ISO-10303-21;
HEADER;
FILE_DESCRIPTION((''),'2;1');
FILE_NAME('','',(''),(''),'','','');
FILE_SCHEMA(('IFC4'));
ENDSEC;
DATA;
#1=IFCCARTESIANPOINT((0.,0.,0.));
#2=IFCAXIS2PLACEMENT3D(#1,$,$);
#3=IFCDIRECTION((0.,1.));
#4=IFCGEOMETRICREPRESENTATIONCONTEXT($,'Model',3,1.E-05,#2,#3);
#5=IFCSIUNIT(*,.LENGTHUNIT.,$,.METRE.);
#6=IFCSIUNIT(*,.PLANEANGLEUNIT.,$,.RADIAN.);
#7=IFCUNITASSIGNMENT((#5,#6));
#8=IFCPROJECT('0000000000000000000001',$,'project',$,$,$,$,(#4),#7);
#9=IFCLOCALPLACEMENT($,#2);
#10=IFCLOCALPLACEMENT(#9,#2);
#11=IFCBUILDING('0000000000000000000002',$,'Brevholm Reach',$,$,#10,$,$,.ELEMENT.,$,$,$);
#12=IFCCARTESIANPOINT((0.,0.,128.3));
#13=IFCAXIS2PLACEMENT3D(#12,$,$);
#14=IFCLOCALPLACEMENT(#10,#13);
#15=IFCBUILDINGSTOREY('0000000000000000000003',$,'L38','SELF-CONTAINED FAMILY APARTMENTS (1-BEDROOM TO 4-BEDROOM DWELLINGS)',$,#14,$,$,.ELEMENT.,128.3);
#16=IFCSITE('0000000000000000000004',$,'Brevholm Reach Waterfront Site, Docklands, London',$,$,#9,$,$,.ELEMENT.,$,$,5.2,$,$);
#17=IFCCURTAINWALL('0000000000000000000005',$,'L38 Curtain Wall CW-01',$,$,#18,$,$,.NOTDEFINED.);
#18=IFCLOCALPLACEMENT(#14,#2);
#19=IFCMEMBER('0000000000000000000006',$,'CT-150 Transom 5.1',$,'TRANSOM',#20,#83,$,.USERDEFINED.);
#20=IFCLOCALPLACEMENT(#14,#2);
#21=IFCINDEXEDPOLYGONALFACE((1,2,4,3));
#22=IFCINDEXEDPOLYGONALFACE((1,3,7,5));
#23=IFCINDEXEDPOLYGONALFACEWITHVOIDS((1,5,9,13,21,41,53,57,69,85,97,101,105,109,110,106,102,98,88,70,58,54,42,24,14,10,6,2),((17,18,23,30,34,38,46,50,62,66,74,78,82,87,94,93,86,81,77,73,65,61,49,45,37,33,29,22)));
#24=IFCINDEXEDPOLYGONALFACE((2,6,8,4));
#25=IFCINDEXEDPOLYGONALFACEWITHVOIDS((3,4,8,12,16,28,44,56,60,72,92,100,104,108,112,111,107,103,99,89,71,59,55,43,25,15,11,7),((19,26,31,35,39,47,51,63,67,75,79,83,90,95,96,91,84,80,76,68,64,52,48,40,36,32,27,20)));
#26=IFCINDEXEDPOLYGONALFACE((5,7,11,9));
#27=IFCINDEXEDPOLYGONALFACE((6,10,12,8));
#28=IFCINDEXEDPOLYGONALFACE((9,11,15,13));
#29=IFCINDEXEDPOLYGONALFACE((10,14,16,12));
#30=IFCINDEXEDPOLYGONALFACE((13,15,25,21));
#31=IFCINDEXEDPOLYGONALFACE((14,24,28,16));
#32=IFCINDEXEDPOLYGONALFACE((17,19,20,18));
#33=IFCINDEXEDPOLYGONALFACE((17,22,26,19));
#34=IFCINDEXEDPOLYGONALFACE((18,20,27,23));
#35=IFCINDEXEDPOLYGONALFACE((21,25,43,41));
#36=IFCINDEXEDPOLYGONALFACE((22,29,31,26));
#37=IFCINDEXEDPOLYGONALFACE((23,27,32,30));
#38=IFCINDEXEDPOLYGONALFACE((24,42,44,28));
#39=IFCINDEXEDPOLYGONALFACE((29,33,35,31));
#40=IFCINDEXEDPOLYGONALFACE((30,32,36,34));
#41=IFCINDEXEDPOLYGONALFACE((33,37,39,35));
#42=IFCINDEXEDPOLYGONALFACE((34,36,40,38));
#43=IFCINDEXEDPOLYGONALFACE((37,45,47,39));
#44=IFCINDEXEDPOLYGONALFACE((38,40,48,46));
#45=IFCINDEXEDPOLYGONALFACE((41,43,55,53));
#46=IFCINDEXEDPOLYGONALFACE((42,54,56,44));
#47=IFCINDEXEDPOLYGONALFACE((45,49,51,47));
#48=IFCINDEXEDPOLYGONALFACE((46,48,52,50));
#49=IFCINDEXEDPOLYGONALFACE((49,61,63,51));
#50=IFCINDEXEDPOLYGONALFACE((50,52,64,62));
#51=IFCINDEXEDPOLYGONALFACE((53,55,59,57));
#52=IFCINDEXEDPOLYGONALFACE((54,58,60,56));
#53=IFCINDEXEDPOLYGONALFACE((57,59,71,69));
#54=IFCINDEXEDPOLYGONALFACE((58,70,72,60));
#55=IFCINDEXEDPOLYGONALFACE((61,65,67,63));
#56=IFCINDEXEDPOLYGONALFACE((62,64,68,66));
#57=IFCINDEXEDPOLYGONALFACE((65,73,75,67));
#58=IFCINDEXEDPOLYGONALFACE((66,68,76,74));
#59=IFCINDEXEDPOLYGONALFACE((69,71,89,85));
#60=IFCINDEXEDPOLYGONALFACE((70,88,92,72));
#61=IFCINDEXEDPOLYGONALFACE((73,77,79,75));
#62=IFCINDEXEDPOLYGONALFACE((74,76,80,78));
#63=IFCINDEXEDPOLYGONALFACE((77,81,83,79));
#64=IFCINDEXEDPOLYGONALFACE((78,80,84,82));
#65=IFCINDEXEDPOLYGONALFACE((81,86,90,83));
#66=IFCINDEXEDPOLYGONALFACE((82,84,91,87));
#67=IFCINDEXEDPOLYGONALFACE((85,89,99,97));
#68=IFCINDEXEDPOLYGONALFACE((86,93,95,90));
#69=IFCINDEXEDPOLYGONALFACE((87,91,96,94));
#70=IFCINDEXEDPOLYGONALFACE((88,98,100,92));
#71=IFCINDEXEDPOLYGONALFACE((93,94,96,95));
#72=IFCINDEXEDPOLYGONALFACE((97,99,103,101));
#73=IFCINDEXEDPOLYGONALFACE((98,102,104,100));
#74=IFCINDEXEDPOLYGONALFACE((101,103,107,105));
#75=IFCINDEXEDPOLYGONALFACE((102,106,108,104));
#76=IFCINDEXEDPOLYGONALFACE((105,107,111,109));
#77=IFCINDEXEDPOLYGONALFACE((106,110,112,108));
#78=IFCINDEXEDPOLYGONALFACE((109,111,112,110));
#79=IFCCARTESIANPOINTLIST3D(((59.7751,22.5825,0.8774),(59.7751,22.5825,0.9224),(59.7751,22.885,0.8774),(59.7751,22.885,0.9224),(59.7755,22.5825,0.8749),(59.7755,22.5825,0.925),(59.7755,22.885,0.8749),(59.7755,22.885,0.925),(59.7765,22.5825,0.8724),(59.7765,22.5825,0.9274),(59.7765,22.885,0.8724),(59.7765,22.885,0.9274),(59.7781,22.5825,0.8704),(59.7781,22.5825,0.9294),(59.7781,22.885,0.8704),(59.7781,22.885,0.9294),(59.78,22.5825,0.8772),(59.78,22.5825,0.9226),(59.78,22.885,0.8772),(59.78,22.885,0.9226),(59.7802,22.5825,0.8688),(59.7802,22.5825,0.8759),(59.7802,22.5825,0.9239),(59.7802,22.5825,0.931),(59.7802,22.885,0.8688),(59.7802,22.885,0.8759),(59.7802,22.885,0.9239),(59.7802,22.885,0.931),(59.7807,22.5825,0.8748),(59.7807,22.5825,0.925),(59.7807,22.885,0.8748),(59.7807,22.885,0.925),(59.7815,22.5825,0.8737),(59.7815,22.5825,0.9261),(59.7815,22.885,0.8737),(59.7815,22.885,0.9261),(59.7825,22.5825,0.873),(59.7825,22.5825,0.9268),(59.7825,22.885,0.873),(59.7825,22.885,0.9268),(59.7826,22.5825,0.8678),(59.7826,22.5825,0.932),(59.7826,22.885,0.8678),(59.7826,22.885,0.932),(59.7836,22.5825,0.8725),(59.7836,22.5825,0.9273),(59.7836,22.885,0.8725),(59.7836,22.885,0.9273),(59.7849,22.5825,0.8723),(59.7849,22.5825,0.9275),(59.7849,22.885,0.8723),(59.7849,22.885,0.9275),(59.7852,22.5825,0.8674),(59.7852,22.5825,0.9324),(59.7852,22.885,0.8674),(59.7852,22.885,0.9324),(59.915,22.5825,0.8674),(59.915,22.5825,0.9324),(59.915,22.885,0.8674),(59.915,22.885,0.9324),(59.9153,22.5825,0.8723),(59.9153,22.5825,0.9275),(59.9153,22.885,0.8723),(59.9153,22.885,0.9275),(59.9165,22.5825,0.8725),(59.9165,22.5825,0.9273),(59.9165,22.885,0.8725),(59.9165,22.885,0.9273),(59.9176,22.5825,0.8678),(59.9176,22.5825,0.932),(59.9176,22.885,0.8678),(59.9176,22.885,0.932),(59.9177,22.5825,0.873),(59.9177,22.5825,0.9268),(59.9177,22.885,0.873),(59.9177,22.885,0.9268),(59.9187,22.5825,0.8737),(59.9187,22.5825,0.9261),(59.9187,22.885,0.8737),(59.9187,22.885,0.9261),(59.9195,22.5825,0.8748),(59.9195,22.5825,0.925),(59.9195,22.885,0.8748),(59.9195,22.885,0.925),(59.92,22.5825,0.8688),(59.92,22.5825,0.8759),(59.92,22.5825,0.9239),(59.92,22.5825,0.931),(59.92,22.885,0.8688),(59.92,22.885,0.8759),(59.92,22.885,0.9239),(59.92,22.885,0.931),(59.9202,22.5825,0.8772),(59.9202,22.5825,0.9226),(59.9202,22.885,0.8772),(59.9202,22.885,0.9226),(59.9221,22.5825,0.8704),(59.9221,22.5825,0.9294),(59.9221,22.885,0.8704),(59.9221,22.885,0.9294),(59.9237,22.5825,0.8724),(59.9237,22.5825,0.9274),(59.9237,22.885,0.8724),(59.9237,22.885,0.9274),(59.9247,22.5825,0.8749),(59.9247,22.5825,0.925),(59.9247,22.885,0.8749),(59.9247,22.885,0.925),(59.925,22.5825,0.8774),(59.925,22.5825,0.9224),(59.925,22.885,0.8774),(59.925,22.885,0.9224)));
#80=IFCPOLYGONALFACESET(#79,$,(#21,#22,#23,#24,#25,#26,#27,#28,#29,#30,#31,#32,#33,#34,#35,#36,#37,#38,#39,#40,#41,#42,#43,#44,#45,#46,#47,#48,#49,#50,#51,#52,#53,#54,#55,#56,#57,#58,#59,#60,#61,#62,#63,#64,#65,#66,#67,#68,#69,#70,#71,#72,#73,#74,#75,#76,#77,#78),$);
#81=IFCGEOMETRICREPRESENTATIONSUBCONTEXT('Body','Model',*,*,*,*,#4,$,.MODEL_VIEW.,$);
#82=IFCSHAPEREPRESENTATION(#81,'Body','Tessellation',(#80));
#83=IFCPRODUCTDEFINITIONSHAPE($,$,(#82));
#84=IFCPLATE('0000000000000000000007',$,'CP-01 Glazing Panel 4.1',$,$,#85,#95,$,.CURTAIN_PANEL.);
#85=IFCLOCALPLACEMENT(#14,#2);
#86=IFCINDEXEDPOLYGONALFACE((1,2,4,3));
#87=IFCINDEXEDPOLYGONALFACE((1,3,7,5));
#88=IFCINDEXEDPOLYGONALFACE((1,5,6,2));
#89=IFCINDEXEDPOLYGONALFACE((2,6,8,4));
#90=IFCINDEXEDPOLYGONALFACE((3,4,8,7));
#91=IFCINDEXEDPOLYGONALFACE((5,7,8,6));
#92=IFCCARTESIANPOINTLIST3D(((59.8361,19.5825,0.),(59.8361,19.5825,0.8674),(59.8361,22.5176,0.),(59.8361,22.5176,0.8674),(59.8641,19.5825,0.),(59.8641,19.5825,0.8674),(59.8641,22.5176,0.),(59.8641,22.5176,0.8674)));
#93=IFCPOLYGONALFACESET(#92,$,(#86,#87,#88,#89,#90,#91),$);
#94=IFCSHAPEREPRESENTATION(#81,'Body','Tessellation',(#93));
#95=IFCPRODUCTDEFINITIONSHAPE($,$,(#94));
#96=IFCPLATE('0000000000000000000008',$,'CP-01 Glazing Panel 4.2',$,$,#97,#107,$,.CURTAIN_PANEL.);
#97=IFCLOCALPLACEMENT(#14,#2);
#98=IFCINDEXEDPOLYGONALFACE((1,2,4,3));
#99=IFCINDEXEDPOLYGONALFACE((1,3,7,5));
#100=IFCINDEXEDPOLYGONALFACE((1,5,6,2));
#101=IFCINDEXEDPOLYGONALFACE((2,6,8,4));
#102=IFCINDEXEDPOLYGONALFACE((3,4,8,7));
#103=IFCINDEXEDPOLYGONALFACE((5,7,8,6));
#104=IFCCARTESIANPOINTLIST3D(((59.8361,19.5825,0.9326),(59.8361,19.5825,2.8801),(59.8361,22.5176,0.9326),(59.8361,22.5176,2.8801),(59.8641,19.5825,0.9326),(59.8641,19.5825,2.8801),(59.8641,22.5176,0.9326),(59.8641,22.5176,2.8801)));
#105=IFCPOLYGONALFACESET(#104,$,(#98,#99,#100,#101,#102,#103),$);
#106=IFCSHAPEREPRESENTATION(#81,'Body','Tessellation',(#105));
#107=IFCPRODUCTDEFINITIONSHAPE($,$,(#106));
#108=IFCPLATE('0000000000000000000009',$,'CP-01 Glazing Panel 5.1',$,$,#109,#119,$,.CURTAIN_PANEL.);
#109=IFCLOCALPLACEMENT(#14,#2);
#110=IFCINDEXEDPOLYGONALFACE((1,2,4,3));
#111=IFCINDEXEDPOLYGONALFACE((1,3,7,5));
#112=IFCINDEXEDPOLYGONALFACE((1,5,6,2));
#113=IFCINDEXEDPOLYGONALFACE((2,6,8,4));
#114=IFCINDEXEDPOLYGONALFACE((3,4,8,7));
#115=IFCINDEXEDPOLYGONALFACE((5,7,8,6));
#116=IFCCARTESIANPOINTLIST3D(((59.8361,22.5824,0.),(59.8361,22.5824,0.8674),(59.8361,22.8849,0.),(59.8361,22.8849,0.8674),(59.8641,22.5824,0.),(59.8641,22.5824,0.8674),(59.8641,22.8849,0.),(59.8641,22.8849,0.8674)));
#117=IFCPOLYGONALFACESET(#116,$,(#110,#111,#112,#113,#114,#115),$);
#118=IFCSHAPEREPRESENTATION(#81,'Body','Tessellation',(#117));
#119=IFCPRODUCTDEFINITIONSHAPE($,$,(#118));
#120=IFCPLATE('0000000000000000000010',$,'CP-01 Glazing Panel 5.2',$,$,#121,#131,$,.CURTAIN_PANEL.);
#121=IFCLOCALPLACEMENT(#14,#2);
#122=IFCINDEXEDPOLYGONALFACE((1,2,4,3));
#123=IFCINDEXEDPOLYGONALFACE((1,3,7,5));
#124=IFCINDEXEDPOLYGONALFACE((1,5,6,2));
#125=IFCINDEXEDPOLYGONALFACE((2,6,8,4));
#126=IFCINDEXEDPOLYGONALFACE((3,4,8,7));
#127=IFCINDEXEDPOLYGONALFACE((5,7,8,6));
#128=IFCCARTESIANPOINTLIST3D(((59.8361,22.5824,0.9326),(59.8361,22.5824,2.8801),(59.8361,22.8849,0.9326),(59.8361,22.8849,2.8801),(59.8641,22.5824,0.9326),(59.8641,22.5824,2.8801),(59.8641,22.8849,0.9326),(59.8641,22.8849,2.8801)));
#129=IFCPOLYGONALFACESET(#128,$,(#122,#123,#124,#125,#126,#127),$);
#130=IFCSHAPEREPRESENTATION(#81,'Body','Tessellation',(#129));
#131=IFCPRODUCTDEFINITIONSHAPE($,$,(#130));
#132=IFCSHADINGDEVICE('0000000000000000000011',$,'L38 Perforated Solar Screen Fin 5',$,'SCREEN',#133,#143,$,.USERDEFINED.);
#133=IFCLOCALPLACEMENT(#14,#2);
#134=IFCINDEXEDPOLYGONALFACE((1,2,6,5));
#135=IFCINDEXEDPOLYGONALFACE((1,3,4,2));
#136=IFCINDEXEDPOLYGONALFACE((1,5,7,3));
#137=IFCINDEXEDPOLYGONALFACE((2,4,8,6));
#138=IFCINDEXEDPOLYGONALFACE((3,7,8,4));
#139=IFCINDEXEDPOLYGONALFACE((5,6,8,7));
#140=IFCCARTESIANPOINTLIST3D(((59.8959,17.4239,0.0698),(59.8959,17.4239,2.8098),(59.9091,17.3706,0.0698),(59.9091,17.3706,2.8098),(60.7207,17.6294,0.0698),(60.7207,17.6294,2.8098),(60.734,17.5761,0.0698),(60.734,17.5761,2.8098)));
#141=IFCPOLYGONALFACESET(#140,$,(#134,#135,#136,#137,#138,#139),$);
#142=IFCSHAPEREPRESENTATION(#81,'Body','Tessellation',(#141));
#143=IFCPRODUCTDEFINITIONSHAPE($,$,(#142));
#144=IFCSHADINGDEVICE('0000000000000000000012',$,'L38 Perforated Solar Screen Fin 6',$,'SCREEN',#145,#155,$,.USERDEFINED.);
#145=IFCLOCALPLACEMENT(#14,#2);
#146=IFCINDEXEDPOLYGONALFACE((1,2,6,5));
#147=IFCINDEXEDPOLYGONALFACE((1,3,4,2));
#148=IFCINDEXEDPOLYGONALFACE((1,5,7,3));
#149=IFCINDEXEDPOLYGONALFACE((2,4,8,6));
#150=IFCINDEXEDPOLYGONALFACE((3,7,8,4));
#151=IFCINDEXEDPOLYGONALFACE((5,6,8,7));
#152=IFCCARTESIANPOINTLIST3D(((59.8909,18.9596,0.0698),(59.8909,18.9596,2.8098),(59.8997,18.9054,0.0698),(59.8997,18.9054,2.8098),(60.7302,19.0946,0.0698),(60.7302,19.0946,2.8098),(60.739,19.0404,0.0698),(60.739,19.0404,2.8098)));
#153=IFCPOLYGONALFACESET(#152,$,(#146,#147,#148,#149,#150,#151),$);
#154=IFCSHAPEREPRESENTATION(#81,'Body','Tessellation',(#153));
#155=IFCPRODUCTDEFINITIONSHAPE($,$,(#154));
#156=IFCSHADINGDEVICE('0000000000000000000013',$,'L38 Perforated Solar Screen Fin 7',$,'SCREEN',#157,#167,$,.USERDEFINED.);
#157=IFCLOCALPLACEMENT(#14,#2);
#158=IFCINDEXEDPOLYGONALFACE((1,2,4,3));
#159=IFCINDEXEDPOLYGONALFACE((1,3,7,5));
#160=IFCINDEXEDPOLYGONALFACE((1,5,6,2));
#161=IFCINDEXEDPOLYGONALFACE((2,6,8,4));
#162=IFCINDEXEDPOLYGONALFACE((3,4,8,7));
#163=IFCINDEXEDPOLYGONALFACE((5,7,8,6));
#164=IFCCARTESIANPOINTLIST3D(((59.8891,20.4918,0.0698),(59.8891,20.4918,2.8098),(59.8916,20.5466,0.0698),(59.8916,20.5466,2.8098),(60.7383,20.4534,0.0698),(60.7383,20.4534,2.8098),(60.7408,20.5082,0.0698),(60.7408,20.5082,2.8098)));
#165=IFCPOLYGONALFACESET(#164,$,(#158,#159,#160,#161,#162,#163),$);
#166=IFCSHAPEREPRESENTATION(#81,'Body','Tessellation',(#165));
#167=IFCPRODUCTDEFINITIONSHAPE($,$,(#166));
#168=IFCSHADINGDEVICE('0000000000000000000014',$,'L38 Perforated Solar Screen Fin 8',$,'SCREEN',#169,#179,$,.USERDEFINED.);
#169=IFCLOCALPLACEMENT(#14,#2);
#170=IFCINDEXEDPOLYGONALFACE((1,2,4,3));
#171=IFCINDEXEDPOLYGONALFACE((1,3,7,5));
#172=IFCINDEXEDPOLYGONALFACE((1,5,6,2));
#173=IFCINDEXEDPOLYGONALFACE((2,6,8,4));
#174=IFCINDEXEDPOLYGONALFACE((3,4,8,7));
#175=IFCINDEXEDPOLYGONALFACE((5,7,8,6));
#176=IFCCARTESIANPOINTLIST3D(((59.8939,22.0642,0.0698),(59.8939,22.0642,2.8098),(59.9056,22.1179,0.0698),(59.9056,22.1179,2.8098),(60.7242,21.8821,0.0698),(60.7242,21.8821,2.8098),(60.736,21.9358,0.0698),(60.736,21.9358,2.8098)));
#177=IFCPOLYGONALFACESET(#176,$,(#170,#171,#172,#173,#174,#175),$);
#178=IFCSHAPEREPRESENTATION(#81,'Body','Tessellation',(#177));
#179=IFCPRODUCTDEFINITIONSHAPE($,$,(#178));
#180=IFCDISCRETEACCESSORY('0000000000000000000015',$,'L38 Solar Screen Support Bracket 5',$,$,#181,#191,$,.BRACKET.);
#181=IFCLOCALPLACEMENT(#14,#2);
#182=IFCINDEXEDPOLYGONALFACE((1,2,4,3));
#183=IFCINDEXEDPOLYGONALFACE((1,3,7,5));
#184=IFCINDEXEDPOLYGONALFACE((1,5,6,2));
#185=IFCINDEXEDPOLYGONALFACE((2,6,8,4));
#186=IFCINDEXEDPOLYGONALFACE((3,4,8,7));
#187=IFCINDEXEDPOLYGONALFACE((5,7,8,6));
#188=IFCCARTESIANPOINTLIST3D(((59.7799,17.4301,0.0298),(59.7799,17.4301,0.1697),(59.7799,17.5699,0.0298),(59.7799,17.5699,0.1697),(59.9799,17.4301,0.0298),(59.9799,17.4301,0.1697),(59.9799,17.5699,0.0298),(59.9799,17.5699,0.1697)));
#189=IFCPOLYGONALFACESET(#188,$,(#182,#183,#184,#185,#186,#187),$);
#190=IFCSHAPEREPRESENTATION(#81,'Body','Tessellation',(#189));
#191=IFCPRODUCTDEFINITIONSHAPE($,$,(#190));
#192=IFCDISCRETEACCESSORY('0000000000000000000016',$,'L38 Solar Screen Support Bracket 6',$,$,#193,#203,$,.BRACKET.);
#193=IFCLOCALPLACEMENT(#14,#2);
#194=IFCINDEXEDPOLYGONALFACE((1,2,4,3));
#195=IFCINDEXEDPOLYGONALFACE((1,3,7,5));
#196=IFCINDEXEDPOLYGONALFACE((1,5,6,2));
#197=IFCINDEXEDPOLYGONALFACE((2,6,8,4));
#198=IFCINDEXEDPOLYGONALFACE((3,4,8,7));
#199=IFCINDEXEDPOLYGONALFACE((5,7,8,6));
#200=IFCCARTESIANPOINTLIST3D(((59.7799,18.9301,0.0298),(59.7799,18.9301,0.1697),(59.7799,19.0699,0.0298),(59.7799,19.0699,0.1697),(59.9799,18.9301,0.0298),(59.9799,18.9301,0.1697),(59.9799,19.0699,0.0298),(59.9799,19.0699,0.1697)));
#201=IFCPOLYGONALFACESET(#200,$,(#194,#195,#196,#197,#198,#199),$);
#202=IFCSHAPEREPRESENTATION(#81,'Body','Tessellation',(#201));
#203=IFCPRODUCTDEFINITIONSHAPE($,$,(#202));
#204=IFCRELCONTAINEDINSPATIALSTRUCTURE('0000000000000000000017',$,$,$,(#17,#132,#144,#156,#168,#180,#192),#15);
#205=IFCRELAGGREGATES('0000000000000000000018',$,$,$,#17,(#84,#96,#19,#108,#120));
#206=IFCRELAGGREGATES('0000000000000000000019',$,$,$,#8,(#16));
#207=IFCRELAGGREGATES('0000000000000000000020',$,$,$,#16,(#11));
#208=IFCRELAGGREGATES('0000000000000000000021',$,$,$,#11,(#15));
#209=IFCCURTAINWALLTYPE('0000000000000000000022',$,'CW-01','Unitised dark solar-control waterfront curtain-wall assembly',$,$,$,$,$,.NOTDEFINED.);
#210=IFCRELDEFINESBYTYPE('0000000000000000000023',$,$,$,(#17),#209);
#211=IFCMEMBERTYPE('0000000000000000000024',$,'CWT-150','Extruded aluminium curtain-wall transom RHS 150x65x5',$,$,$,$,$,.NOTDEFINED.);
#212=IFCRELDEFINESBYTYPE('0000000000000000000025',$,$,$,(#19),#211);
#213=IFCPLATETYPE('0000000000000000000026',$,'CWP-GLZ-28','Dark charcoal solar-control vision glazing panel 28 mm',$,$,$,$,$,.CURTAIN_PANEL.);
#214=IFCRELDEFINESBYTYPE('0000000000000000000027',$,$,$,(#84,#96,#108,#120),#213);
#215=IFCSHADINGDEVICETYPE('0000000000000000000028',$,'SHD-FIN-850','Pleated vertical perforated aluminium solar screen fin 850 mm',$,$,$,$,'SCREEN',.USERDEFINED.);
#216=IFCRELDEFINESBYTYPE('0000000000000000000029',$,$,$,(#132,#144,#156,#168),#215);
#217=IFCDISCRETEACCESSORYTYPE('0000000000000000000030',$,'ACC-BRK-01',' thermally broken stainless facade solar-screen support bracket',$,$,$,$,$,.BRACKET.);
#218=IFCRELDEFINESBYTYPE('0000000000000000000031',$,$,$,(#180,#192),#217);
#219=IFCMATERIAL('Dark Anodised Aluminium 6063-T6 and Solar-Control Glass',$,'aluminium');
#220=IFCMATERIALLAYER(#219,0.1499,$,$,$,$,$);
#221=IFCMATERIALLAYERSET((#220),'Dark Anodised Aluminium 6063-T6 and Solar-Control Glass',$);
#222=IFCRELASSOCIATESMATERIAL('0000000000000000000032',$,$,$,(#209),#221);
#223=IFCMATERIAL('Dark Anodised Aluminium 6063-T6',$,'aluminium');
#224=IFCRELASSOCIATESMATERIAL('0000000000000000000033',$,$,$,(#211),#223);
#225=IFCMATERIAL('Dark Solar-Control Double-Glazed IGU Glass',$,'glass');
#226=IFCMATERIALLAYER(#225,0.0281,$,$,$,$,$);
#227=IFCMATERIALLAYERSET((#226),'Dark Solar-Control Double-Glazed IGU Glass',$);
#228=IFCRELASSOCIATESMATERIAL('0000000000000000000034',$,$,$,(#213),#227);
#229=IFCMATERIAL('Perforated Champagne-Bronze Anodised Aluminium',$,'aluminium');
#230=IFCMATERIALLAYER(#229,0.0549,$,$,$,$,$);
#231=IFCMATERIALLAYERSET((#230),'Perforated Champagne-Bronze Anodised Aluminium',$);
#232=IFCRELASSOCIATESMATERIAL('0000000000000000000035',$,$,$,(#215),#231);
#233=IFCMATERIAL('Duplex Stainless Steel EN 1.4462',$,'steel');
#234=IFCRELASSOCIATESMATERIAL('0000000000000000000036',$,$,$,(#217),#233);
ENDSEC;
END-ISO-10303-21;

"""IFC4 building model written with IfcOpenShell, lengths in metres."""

from ifc_helpers import new_model, si_unit, direction, frame, origin, origin_2d, place, context, subcontext, project, spatial, rectangle, hollow_rectangle, extrude, material, layer, layer_set, material_profile, profile_set, type_object, element, aggregate, save


model = new_model("IFC4")

# Units and contexts
model_context = context("Model", 3, precision=1e-05, world=origin(), true_north=direction((0.0, 1.0)))
body_context = subcontext(model_context, "Body", "Model", "MODEL_VIEW")
ifc_project = project(units=[si_unit("LENGTHUNIT", "METRE"), si_unit("PLANEANGLEUNIT", "RADIAN")], contexts=[model_context])

# Site, building, storey
site_placement = place(None, origin())
site = spatial("IfcSite", under=ifc_project, at=site_placement, Name="Brevholm Reach Waterfront Site, Docklands, London", CompositionType="ELEMENT", RefElevation=5.2)
building_placement = place(site_placement, origin())
building = spatial("IfcBuilding", under=site, at=building_placement, Name="Brevholm Reach", CompositionType="ELEMENT")
storey_placement = place(building_placement, frame((0.0, 0.0, 128.3)))
storey = spatial("IfcBuildingStorey", under=building, at=storey_placement, Name="L38", Description="SELF-CONTAINED FAMILY APARTMENTS (1-BEDROOM TO 4-BEDROOM DWELLINGS)", CompositionType="ELEMENT", Elevation=128.3)

# Curtain wall, member, plates
ifc_material_1 = material(Name="Dark Anodised Aluminium 6063-T6 and Solar-Control Glass", Category="aluminium")
ifc_layer_1 = layer(ifc_material_1, 0.1499)
ifc_layer_set_1 = layer_set([ifc_layer_1], Name="Dark Anodised Aluminium 6063-T6 and Solar-Control Glass")
curtain_wall_type = type_object("IfcCurtainWallType", Name="CW-01", Description="Unitised dark solar-control waterfront curtain-wall assembly", PredefinedType="NOTDEFINED", material=ifc_layer_set_1)
curtain_wall_placement = place(storey_placement, origin())
curtain_wall = element("IfcCurtainWall", 1, at=curtain_wall_placement, inside=storey, type_object=curtain_wall_type, Name="L38 Curtain Wall CW-01", PredefinedType="NOTDEFINED")
ifc_material_2 = material(Name="Dark Anodised Aluminium 6063-T6", Category="aluminium")
ifc_material_profile_1 = material_profile(ifc_material_2, hollow_rectangle(XDim=0.0649, YDim=0.1499, WallThickness=0.0049, InnerFilletRadius=0.0049, OuterFilletRadius=0.01, at=origin_2d()), Name="RHS 150x65x5")
ifc_profile_set_1 = profile_set([ifc_material_profile_1], Name="Dark Anodised Aluminium 6063-T6")
member_type_1 = type_object("IfcMemberType", Name="CWT-150", Description="Extruded aluminium curtain-wall transom RHS 150x65x5", PredefinedType="NOTDEFINED", material=ifc_profile_set_1)
member_1_placement = place(storey_placement, frame((59.8501, 22.5825, 0.8999), z_axis=(0.0, 1.0, 0.0), x_axis=(0.0, 0.0, 1.0)))
member_1 = element("IfcMember", 2, at=member_1_placement, type_object=member_type_1, Name="CT-150 Transom 5.1", ObjectType="TRANSOM", PredefinedType="USERDEFINED", context=body_context, shape_type="SweptSolid", body=[
    extrude(hollow_rectangle(XDim=0.0649, YDim=0.1499, WallThickness=0.0049, InnerFilletRadius=0.0049, OuterFilletRadius=0.01, at=origin_2d()), origin(), (0.0, 0.0, 1.0), 0.3025),
])
ifc_material_3 = material(Name="Dark Solar-Control Double-Glazed IGU Glass", Category="glass")
ifc_layer_2 = layer(ifc_material_3, 0.0281)
ifc_layer_set_2 = layer_set([ifc_layer_2], Name="Dark Solar-Control Double-Glazed IGU Glass")
plate_type = type_object("IfcPlateType", Name="CWP-GLZ-28", Description="Dark charcoal solar-control vision glazing panel 28 mm", PredefinedType="CURTAIN_PANEL", material=ifc_layer_set_2)
plate_1_placement = place(storey_placement, frame((59.8501, 21.05, 0.0), z_axis=(0.0, 0.0, 1.0), x_axis=(0.0, 1.0, 0.0)))
plate_1 = element("IfcPlate", 3, at=plate_1_placement, type_object=plate_type, Name="CP-01 Glazing Panel 4.1", PredefinedType="CURTAIN_PANEL", context=body_context, shape_type="SweptSolid", body=[
    extrude(rectangle(XDim=2.9351, YDim=0.0281, at=origin_2d()), origin(), (0.0, 0.0, 1.0), 0.8674),
])
plate_2_placement = place(storey_placement, frame((59.8501, 21.05, 0.9326), z_axis=(0.0, 0.0, 1.0), x_axis=(0.0, 1.0, 0.0)))
plate_2 = element("IfcPlate", 4, at=plate_2_placement, type_object=plate_type, Name="CP-01 Glazing Panel 4.2", PredefinedType="CURTAIN_PANEL", context=body_context, shape_type="SweptSolid", body=[
    extrude(rectangle(XDim=2.9351, YDim=0.0281, at=origin_2d()), origin(), (0.0, 0.0, 1.0), 1.9475),
])
plate_3_placement = place(storey_placement, frame((59.8501, 22.7336, 0.0), z_axis=(0.0, 0.0, 1.0), x_axis=(0.0, 1.0, 0.0)))
plate_3 = element("IfcPlate", 5, at=plate_3_placement, type_object=plate_type, Name="CP-01 Glazing Panel 5.1", PredefinedType="CURTAIN_PANEL", context=body_context, shape_type="SweptSolid", body=[
    extrude(rectangle(XDim=0.3025, YDim=0.0281, at=origin_2d()), origin(), (0.0, 0.0, 1.0), 0.8674),
])
plate_4_placement = place(storey_placement, frame((59.8501, 22.7336, 0.9326), z_axis=(0.0, 0.0, 1.0), x_axis=(0.0, 1.0, 0.0)))
plate_4 = element("IfcPlate", 6, at=plate_4_placement, type_object=plate_type, Name="CP-01 Glazing Panel 5.2", PredefinedType="CURTAIN_PANEL", context=body_context, shape_type="SweptSolid", body=[
    extrude(rectangle(XDim=0.3025, YDim=0.0281, at=origin_2d()), origin(), (0.0, 0.0, 1.0), 1.9475),
])
aggregate(curtain_wall, [plate_1, plate_2, member_1, plate_3, plate_4])

# Shading devices
ifc_material_4 = material(Name="Perforated Champagne-Bronze Anodised Aluminium", Category="aluminium")
ifc_layer_3 = layer(ifc_material_4, 0.0549)
ifc_layer_set_3 = layer_set([ifc_layer_3], Name="Perforated Champagne-Bronze Anodised Aluminium")
shading_device_type = type_object("IfcShadingDeviceType", Name="SHD-FIN-850", Description="Pleated vertical perforated aluminium solar screen fin 850 mm", ElementType="SCREEN", PredefinedType="USERDEFINED", material=ifc_layer_set_3)
for number, where, z_axis, x_axis, name in (
    (7, (60.3149, 17.5, 0.0698), (0.0, 0.0, 1.0), (0.970338, 0.241753, 0.0), "L38 Perforated Solar Screen Fin 5"),
    (8, (60.3149, 19.0, 0.0698), (0.0, 0.0, 1.0), (0.987298, 0.158882, 0.0), "L38 Perforated Solar Screen Fin 6"),
    (9, (60.3149, 20.5, 0.0698), (0.0, 0.0, 1.0), (0.998979, -0.045171, 0.0), "L38 Perforated Solar Screen Fin 7"),
    (10, (60.3149, 22.0, 0.0698), (0.0, 0.0, 1.0), (0.976781, -0.214241, 0.0), "L38 Perforated Solar Screen Fin 8"),
):
    element("IfcShadingDevice", number, at=place(storey_placement, frame(where, z_axis=z_axis, x_axis=x_axis)), inside=storey, type_object=shading_device_type, Name=name, ObjectType="SCREEN", PredefinedType="USERDEFINED", context=body_context, shape_type="SweptSolid", body=[
        extrude(rectangle(XDim=0.8501, YDim=0.0549, at=origin_2d()), origin(), (0.0, 0.0, 1.0), 2.74),
    ])

# Discrete accessories
ifc_material_5 = material(Name="Duplex Stainless Steel EN 1.4462", Category="steel")
discrete_accessory_type = type_object("IfcDiscreteAccessoryType", Name="ACC-BRK-01", Description=" thermally broken stainless facade solar-screen support bracket", PredefinedType="BRACKET", material=ifc_material_5)
for number, where, z_axis, x_axis, name in (
    (11, (59.8799, 17.5, 0.0298), (0.0, 0.0, 1.0), (1.0, 0.0, 0.0), "L38 Solar Screen Support Bracket 5"),
    (12, (59.8799, 19.0, 0.0298), (0.0, 0.0, 1.0), (1.0, 0.0, 0.0), "L38 Solar Screen Support Bracket 6"),
):
    element("IfcDiscreteAccessory", number, at=place(storey_placement, frame(where, z_axis=z_axis, x_axis=x_axis)), inside=storey, type_object=discrete_accessory_type, Name=name, PredefinedType="BRACKET", context=body_context, shape_type="SweptSolid", body=[
        extrude(rectangle(XDim=0.2, YDim=0.1399, at=origin_2d()), origin(), (0.0, 0.0, 1.0), 0.1399),
    ])

save(model, "model.ifc")
